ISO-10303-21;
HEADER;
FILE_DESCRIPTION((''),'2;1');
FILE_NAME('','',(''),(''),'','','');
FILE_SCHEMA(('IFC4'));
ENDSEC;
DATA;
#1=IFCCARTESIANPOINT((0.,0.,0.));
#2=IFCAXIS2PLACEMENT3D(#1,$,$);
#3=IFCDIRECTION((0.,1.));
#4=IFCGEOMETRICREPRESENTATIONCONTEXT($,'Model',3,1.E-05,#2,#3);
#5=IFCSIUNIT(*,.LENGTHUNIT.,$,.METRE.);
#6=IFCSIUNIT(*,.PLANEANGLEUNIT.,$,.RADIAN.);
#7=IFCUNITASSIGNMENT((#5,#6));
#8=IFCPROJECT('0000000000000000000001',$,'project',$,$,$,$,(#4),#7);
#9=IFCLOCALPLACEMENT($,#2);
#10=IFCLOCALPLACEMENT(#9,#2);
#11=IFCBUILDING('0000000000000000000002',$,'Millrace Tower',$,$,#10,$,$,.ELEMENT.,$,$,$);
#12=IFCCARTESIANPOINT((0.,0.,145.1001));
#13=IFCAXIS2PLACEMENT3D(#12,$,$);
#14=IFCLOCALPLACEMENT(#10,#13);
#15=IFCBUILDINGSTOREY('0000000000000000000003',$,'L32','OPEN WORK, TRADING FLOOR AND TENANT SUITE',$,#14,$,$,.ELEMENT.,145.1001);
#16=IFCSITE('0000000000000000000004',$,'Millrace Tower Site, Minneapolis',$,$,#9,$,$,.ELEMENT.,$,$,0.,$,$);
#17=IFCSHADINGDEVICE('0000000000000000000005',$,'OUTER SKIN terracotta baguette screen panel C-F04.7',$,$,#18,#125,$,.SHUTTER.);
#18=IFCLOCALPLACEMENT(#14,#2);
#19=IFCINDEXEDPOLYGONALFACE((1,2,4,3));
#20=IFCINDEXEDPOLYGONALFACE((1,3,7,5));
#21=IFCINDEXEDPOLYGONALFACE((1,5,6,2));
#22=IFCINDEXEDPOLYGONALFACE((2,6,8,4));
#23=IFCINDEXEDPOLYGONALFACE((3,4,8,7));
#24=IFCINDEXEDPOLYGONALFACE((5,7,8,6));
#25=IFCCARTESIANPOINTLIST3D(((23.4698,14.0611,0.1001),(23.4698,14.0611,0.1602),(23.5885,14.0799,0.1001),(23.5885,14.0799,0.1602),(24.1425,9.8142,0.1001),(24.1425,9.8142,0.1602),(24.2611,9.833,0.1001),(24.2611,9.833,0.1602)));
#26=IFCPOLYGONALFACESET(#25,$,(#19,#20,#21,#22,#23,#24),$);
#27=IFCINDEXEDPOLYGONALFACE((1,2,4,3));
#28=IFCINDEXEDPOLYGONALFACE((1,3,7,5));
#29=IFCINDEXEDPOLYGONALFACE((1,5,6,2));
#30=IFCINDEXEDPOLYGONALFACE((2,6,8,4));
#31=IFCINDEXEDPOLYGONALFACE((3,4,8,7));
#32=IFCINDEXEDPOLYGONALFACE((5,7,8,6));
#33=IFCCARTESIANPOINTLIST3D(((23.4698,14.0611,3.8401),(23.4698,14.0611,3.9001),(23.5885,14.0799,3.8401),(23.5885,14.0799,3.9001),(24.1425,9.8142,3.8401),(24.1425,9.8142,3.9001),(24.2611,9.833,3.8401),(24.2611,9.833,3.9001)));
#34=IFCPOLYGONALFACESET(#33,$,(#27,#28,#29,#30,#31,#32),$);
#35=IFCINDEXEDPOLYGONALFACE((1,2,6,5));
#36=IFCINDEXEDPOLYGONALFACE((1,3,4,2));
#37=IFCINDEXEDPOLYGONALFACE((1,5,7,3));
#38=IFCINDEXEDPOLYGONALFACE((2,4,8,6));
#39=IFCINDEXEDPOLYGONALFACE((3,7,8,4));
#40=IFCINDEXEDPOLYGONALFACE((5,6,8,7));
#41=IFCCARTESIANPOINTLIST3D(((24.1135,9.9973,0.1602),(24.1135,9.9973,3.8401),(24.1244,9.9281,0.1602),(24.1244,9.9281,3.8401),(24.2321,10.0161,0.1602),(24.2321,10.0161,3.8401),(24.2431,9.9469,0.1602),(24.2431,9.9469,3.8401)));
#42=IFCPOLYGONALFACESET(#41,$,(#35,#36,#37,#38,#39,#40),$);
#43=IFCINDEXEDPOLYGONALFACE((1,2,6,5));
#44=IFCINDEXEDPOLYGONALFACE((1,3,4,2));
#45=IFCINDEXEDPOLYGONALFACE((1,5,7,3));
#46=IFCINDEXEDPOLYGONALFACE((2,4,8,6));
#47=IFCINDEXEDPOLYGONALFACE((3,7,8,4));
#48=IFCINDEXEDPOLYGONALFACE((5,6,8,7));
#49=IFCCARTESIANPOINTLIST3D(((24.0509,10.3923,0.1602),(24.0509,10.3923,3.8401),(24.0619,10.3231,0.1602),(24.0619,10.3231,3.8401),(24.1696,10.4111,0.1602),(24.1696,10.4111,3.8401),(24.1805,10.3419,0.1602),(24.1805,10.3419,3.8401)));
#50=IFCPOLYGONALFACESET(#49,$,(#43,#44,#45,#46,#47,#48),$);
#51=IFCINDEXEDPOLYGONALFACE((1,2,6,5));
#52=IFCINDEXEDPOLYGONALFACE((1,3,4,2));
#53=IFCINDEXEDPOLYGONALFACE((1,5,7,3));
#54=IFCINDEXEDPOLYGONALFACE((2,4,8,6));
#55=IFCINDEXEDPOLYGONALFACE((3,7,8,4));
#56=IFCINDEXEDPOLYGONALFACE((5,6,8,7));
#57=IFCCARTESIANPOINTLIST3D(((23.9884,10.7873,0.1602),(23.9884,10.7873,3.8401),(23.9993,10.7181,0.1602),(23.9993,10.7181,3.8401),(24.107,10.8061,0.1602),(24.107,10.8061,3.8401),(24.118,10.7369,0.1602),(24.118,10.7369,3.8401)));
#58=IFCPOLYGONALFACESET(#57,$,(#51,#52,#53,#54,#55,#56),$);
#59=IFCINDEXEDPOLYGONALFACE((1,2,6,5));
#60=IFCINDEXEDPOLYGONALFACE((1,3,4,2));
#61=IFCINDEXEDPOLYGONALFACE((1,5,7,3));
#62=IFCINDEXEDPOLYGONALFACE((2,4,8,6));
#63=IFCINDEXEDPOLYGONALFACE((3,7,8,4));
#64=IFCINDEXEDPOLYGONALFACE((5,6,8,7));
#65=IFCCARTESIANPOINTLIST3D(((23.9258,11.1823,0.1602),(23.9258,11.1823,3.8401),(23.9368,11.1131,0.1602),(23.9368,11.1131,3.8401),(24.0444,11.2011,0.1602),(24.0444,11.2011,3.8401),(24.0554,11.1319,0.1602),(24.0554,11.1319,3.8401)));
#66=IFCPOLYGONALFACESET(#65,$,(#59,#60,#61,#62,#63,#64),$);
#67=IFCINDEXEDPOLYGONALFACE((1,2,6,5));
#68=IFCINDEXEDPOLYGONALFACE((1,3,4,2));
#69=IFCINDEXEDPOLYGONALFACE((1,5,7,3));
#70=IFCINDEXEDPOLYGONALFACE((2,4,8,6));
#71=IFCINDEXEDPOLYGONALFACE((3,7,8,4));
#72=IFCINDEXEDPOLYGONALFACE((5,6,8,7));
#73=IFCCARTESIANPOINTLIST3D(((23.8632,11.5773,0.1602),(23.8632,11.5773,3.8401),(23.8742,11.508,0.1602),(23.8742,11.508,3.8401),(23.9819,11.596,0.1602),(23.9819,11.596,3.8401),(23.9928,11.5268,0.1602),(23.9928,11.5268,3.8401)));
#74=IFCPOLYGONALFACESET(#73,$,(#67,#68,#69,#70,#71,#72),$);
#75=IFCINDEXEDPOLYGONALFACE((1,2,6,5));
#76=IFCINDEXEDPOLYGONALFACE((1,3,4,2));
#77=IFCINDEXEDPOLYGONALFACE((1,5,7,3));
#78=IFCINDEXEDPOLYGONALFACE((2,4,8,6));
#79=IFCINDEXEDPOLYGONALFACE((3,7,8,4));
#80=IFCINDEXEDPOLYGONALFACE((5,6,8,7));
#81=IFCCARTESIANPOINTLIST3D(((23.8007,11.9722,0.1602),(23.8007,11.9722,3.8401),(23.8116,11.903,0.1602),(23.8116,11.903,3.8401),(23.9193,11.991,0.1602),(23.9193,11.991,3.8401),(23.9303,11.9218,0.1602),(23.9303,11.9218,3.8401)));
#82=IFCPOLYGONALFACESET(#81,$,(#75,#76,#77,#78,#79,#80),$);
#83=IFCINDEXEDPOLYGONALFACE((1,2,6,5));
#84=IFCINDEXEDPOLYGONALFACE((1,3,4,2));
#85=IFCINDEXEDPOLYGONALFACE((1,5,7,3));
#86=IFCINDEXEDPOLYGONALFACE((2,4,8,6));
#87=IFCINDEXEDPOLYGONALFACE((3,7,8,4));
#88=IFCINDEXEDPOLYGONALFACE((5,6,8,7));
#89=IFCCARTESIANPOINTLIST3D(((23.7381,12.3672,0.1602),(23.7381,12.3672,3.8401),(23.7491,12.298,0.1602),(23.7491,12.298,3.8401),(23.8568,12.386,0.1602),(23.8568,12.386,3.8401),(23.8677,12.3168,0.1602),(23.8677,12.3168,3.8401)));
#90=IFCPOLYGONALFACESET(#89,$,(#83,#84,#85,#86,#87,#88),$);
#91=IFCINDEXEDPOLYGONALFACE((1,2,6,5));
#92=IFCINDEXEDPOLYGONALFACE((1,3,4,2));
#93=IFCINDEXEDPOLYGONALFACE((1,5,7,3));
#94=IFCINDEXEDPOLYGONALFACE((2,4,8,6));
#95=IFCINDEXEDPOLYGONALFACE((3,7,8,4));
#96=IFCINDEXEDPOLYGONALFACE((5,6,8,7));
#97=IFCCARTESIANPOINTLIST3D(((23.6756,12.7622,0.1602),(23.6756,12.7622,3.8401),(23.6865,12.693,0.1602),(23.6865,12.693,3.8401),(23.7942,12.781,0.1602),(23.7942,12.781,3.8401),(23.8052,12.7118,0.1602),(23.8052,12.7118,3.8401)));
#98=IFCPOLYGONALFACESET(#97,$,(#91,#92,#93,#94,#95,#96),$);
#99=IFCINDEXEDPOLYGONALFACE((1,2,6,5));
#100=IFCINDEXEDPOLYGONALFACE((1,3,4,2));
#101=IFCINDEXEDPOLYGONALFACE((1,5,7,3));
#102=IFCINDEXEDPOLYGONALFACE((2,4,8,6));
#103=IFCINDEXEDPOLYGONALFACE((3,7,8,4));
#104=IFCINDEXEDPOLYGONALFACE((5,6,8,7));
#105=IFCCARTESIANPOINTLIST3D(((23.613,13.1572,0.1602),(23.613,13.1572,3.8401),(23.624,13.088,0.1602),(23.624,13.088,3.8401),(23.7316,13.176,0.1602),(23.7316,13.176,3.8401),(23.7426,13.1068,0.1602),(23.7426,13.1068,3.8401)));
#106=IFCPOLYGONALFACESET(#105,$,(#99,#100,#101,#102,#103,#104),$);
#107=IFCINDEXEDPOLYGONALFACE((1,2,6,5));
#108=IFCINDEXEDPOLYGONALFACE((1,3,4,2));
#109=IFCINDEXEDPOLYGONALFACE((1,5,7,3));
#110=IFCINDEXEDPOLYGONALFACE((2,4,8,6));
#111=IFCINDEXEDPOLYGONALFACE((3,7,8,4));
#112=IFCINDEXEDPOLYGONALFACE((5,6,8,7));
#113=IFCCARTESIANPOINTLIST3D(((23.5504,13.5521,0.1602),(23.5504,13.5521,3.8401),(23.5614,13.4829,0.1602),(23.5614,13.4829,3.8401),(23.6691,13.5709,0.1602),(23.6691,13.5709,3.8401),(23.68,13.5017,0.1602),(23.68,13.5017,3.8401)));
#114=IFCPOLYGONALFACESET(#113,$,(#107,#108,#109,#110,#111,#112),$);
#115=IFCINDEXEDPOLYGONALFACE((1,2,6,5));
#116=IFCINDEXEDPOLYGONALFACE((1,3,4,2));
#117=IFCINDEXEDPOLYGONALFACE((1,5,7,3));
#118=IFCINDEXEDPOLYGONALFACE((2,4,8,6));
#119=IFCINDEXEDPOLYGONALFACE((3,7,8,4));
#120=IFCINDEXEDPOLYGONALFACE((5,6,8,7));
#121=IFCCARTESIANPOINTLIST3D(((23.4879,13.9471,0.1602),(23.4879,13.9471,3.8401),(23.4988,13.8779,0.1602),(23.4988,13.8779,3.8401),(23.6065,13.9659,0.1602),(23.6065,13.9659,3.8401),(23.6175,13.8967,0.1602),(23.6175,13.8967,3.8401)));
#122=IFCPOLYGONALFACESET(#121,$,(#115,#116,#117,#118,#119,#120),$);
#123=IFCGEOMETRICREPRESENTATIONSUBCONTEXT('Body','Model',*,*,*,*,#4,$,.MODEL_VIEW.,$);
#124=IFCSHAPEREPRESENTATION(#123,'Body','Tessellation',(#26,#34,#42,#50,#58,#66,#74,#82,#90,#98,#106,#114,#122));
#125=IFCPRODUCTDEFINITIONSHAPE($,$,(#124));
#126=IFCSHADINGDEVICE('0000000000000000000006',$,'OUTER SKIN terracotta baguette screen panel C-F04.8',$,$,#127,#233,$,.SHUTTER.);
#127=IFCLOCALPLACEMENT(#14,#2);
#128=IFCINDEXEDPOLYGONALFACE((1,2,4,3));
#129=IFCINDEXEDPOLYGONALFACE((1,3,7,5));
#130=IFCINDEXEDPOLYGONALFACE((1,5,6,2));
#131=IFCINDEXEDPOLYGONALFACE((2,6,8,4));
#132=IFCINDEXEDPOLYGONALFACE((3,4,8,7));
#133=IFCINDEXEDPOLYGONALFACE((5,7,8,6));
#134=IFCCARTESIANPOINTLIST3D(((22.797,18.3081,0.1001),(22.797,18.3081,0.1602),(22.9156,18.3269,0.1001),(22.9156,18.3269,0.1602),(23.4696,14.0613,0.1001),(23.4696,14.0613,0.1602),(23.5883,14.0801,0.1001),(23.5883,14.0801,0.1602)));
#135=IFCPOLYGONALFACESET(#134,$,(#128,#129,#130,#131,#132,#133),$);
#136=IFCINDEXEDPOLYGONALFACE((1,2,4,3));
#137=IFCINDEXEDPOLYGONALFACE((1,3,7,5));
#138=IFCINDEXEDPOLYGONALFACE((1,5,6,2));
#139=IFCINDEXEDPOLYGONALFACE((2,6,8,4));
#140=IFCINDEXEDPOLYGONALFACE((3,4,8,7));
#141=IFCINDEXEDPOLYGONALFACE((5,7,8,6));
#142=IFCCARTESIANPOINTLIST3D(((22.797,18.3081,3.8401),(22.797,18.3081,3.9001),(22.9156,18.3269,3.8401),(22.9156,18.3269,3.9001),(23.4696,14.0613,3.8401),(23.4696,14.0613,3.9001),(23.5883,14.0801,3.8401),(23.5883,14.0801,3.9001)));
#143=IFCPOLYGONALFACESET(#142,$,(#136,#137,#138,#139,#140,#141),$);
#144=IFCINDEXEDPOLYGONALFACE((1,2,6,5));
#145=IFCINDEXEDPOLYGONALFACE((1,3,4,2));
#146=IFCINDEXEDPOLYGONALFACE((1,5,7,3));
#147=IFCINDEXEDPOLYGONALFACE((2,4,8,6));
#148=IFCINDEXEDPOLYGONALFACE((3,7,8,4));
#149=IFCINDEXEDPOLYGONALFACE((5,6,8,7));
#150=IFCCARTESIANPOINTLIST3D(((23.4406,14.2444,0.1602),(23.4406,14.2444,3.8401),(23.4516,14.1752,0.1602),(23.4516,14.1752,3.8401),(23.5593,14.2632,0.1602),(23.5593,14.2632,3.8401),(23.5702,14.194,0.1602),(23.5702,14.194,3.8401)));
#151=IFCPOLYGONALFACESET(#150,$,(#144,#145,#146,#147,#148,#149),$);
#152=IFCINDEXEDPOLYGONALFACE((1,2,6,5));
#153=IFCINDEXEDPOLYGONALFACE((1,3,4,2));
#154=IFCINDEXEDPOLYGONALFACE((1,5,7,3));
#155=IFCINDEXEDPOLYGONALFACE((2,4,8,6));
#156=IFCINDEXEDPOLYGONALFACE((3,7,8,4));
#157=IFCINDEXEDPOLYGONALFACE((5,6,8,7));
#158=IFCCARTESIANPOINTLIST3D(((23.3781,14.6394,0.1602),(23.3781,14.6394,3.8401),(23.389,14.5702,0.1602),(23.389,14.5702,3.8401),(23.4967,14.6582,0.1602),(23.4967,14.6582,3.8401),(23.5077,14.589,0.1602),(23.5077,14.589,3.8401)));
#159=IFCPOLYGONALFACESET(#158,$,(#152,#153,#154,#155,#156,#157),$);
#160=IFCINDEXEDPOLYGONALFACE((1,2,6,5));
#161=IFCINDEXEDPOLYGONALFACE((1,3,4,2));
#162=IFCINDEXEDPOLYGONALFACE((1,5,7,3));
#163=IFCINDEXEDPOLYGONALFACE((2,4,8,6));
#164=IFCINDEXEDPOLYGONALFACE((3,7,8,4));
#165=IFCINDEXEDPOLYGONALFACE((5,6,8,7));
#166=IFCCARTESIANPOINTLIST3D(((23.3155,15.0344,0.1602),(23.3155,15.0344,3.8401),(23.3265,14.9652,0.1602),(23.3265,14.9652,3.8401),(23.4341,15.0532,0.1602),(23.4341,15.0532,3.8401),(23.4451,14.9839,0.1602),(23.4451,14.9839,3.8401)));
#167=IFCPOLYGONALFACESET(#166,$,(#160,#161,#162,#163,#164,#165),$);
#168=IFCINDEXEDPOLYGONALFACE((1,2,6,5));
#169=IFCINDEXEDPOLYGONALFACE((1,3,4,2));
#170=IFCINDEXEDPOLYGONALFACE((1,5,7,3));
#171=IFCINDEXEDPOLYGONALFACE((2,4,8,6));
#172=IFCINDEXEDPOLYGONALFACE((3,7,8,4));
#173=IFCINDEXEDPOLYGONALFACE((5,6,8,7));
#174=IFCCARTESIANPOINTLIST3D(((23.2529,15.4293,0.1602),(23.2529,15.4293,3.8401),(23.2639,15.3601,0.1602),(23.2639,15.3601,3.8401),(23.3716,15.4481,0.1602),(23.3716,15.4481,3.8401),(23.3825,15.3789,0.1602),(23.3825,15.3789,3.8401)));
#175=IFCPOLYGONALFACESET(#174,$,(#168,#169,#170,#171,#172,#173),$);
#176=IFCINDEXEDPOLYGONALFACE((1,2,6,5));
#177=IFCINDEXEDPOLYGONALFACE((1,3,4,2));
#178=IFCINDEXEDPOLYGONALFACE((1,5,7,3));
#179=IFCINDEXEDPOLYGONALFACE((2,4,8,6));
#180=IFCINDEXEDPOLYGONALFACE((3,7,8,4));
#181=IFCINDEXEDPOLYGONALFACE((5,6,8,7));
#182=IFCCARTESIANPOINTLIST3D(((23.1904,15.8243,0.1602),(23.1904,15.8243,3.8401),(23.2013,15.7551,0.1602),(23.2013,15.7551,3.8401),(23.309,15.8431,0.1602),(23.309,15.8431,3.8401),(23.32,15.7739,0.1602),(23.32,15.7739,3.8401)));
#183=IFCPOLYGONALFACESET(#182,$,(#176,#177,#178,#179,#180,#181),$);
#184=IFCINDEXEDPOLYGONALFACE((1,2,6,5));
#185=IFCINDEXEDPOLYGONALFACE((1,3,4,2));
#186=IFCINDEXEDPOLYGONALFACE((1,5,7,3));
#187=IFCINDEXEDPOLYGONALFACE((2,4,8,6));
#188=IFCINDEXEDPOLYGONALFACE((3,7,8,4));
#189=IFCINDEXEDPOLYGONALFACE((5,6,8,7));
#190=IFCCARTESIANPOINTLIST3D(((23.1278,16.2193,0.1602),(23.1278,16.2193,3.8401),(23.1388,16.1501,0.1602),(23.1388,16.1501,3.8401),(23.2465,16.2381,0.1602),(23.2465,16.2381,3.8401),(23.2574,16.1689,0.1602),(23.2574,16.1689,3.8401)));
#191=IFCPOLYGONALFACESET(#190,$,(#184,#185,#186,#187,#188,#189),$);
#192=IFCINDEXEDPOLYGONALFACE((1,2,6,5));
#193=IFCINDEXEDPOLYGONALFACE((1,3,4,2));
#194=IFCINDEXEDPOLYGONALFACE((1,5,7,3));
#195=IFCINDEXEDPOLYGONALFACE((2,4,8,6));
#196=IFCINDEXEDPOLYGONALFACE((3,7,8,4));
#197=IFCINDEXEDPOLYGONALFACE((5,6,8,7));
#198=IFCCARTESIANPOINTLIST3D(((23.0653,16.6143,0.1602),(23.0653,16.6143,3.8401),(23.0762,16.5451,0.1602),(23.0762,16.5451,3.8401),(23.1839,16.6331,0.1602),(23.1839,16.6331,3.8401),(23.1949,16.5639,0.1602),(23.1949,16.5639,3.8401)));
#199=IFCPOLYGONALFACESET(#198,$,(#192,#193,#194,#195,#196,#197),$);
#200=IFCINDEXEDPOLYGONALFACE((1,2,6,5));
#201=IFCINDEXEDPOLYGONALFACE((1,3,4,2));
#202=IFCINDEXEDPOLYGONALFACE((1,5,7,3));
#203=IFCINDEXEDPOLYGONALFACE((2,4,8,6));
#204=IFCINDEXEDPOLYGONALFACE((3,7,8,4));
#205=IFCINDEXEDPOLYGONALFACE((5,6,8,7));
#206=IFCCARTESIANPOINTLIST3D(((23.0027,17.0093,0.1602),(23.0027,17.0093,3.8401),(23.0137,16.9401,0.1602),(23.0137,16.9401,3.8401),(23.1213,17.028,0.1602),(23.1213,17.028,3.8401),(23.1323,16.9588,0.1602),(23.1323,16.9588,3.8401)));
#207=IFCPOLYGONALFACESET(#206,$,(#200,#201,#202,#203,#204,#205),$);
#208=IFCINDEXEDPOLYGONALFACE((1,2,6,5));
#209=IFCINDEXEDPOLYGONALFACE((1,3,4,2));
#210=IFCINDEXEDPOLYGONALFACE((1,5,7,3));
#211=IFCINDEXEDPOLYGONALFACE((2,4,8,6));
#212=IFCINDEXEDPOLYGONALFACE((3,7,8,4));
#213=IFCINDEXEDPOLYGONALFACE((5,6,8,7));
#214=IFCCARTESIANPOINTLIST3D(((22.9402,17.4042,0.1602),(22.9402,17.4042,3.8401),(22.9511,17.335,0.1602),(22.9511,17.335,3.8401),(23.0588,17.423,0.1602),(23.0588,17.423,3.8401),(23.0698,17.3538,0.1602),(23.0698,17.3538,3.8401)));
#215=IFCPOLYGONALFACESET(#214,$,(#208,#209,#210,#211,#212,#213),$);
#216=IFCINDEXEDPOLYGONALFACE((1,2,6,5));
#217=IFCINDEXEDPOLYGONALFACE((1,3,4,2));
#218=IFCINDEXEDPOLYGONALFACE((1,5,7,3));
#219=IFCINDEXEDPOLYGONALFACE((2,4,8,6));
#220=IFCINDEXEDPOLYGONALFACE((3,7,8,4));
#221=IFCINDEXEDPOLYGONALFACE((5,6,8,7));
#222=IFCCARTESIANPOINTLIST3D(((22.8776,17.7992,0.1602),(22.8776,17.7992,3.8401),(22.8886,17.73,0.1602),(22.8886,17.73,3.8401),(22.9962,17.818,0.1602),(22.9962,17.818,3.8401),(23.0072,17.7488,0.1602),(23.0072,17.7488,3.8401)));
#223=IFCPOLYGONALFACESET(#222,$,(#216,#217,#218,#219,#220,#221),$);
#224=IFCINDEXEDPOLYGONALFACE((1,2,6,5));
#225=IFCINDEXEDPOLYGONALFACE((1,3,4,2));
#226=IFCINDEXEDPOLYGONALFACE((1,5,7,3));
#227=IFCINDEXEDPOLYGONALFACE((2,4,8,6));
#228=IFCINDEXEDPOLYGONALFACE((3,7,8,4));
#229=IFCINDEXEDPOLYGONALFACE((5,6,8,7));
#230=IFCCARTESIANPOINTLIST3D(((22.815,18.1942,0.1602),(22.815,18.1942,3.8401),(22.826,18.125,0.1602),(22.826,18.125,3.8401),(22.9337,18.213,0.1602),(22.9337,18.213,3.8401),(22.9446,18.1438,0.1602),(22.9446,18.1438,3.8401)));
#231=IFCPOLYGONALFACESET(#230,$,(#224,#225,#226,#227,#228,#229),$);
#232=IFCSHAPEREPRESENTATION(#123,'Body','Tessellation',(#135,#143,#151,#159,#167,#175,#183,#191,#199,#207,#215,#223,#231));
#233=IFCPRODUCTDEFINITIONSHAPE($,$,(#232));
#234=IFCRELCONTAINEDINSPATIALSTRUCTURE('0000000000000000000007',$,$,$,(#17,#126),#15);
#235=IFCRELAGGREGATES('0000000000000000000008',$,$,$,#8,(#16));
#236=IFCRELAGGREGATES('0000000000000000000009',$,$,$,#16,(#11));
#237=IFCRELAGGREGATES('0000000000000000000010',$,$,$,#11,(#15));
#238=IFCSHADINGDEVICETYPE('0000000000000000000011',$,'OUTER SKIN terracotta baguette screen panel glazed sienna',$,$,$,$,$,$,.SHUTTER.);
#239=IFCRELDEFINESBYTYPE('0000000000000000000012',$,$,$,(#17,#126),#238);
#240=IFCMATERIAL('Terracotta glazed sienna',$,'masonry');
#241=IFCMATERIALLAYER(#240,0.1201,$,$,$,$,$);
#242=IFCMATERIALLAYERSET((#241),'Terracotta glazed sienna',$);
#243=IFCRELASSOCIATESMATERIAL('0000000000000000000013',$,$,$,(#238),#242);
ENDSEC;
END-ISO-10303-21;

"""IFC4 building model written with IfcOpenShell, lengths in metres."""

from ifc_helpers import new_model, entity, si_unit, direction, frame, frame_2d, origin, origin_2d, place, context, subcontext, project, spatial, rectangle, extrude, source, transform, mapped, material, layer, layer_set, type_object, element, save


model = new_model("IFC4")

# Units and contexts
model_context = context("Model", 3, precision=1e-05, world=origin(), true_north=direction((0.0, 1.0)))
body_context = subcontext(model_context, "Body", "Model", "MODEL_VIEW")
ifc_project = project(units=[si_unit("LENGTHUNIT", "METRE"), si_unit("PLANEANGLEUNIT", "RADIAN")], contexts=[model_context])

# Site, building, storey
site_placement = place(None, origin())
site = spatial("IfcSite", under=ifc_project, at=site_placement, Name="Millrace Tower Site, Minneapolis", CompositionType="ELEMENT", RefElevation=0.0)
building_placement = place(site_placement, origin())
building = spatial("IfcBuilding", under=site, at=building_placement, Name="Millrace Tower", CompositionType="ELEMENT")
storey_placement = place(building_placement, frame((0.0, 0.0, 145.1001)))
storey = spatial("IfcBuildingStorey", under=building, at=storey_placement, Name="L32", Description="OPEN WORK, TRADING FLOOR AND TENANT SUITE", CompositionType="ELEMENT", Elevation=145.1001)

# Shading devices
ifc_material_1 = material(Name="Terracotta glazed sienna", Category="masonry")
ifc_layer_1 = layer(ifc_material_1, 0.1201)
ifc_layer_set_1 = layer_set([ifc_layer_1], Name="Terracotta glazed sienna")
shading_device_type = type_object("IfcShadingDeviceType", Name="OUTER SKIN terracotta baguette screen panel glazed sienna", PredefinedType="SHUTTER", material=ifc_layer_set_1)
cartesian_point_1 = entity("IfcCartesianPoint", [-2.1499, 0.0601])
shared_polyline_1 = entity("IfcPolyline", [cartesian_point_1, entity("IfcCartesianPoint", [2.1499, 0.0601]), entity("IfcCartesianPoint", [2.1499, -0.0601]), entity("IfcCartesianPoint", [-2.1499, -0.0601]), cartesian_point_1])
shared_shape_1 = source(origin(), body_context, "Body", "SweptSolid", [
    entity("IfcExtrudedAreaSolid", entity("IfcArbitraryClosedProfileDef", "AREA", None, shared_polyline_1), entity("IfcAxis2Placement3D", entity("IfcCartesianPoint", [0.0, 0.0, 0.0])), entity("IfcDirection", [0.0, 0.0, 1.0]), 0.0601),
    entity("IfcExtrudedAreaSolid", entity("IfcArbitraryClosedProfileDef", "AREA", None, shared_polyline_1), entity("IfcAxis2Placement3D", entity("IfcCartesianPoint", [0.0, 0.0, 3.74])), entity("IfcDirection", [0.0, 0.0, 1.0]), 0.0601),
    extrude(rectangle(XDim=0.0701, YDim=0.1201, at=frame_2d((-1.9995, 0.0))), frame((0.0, 0.0, 0.0601)), (0.0, 0.0, 1.0), 3.6799),
    extrude(rectangle(XDim=0.0701, YDim=0.1201, at=frame_2d((-1.5996, 0.0))), frame((0.0, 0.0, 0.0601)), (0.0, 0.0, 1.0), 3.6799),
    extrude(rectangle(XDim=0.0701, YDim=0.1201, at=frame_2d((-1.1997, 0.0))), frame((0.0, 0.0, 0.0601)), (0.0, 0.0, 1.0), 3.6799),
    extrude(rectangle(XDim=0.0701, YDim=0.1201, at=frame_2d((-0.7998, 0.0))), frame((0.0, 0.0, 0.0601)), (0.0, 0.0, 1.0), 3.6799),
    extrude(rectangle(XDim=0.0701, YDim=0.1201, at=frame_2d((-0.3999, 0.0))), frame((0.0, 0.0, 0.0601)), (0.0, 0.0, 1.0), 3.6799),
    extrude(rectangle(XDim=0.0701, YDim=0.1201, at=origin_2d()), frame((0.0, 0.0, 0.0601)), (0.0, 0.0, 1.0), 3.6799),
    extrude(rectangle(XDim=0.0701, YDim=0.1201, at=frame_2d((0.3999, 0.0))), frame((0.0, 0.0, 0.0601)), (0.0, 0.0, 1.0), 3.6799),
    extrude(rectangle(XDim=0.0701, YDim=0.1201, at=frame_2d((0.7998, 0.0))), frame((0.0, 0.0, 0.0601)), (0.0, 0.0, 1.0), 3.6799),
    extrude(rectangle(XDim=0.0701, YDim=0.1201, at=frame_2d((1.1997, 0.0))), frame((0.0, 0.0, 0.0601)), (0.0, 0.0, 1.0), 3.6799),
    extrude(rectangle(XDim=0.0701, YDim=0.1201, at=frame_2d((1.5996, 0.0))), frame((0.0, 0.0, 0.0601)), (0.0, 0.0, 1.0), 3.6799),
    extrude(rectangle(XDim=0.0701, YDim=0.1201, at=frame_2d((1.9995, 0.0))), frame((0.0, 0.0, 0.0601)), (0.0, 0.0, 1.0), 3.6799),
])
for number, where, z_axis, x_axis, name in (
    (1, (23.8655, 11.947, 0.1001), (0.0, 0.0, 1.0), (-0.156434, 0.987688, 0.0), "OUTER SKIN terracotta baguette screen panel C-F04.7"),
    (2, (23.1926, 16.1941, 0.1001), (0.0, 0.0, 1.0), (-0.156434, 0.987688, 0.0), "OUTER SKIN terracotta baguette screen panel C-F04.8"),
):
    element("IfcShadingDevice", number, at=place(storey_placement, frame(where, z_axis=z_axis, x_axis=x_axis)), inside=storey, type_object=shading_device_type, Name=name, PredefinedType="SHUTTER", context=body_context, shape_type="MappedRepresentation", body=[
        mapped(shared_shape_1, transform((0.0, 0.0, 0.0), scale=1.0)),
    ])

save(model, "model.ifc")
